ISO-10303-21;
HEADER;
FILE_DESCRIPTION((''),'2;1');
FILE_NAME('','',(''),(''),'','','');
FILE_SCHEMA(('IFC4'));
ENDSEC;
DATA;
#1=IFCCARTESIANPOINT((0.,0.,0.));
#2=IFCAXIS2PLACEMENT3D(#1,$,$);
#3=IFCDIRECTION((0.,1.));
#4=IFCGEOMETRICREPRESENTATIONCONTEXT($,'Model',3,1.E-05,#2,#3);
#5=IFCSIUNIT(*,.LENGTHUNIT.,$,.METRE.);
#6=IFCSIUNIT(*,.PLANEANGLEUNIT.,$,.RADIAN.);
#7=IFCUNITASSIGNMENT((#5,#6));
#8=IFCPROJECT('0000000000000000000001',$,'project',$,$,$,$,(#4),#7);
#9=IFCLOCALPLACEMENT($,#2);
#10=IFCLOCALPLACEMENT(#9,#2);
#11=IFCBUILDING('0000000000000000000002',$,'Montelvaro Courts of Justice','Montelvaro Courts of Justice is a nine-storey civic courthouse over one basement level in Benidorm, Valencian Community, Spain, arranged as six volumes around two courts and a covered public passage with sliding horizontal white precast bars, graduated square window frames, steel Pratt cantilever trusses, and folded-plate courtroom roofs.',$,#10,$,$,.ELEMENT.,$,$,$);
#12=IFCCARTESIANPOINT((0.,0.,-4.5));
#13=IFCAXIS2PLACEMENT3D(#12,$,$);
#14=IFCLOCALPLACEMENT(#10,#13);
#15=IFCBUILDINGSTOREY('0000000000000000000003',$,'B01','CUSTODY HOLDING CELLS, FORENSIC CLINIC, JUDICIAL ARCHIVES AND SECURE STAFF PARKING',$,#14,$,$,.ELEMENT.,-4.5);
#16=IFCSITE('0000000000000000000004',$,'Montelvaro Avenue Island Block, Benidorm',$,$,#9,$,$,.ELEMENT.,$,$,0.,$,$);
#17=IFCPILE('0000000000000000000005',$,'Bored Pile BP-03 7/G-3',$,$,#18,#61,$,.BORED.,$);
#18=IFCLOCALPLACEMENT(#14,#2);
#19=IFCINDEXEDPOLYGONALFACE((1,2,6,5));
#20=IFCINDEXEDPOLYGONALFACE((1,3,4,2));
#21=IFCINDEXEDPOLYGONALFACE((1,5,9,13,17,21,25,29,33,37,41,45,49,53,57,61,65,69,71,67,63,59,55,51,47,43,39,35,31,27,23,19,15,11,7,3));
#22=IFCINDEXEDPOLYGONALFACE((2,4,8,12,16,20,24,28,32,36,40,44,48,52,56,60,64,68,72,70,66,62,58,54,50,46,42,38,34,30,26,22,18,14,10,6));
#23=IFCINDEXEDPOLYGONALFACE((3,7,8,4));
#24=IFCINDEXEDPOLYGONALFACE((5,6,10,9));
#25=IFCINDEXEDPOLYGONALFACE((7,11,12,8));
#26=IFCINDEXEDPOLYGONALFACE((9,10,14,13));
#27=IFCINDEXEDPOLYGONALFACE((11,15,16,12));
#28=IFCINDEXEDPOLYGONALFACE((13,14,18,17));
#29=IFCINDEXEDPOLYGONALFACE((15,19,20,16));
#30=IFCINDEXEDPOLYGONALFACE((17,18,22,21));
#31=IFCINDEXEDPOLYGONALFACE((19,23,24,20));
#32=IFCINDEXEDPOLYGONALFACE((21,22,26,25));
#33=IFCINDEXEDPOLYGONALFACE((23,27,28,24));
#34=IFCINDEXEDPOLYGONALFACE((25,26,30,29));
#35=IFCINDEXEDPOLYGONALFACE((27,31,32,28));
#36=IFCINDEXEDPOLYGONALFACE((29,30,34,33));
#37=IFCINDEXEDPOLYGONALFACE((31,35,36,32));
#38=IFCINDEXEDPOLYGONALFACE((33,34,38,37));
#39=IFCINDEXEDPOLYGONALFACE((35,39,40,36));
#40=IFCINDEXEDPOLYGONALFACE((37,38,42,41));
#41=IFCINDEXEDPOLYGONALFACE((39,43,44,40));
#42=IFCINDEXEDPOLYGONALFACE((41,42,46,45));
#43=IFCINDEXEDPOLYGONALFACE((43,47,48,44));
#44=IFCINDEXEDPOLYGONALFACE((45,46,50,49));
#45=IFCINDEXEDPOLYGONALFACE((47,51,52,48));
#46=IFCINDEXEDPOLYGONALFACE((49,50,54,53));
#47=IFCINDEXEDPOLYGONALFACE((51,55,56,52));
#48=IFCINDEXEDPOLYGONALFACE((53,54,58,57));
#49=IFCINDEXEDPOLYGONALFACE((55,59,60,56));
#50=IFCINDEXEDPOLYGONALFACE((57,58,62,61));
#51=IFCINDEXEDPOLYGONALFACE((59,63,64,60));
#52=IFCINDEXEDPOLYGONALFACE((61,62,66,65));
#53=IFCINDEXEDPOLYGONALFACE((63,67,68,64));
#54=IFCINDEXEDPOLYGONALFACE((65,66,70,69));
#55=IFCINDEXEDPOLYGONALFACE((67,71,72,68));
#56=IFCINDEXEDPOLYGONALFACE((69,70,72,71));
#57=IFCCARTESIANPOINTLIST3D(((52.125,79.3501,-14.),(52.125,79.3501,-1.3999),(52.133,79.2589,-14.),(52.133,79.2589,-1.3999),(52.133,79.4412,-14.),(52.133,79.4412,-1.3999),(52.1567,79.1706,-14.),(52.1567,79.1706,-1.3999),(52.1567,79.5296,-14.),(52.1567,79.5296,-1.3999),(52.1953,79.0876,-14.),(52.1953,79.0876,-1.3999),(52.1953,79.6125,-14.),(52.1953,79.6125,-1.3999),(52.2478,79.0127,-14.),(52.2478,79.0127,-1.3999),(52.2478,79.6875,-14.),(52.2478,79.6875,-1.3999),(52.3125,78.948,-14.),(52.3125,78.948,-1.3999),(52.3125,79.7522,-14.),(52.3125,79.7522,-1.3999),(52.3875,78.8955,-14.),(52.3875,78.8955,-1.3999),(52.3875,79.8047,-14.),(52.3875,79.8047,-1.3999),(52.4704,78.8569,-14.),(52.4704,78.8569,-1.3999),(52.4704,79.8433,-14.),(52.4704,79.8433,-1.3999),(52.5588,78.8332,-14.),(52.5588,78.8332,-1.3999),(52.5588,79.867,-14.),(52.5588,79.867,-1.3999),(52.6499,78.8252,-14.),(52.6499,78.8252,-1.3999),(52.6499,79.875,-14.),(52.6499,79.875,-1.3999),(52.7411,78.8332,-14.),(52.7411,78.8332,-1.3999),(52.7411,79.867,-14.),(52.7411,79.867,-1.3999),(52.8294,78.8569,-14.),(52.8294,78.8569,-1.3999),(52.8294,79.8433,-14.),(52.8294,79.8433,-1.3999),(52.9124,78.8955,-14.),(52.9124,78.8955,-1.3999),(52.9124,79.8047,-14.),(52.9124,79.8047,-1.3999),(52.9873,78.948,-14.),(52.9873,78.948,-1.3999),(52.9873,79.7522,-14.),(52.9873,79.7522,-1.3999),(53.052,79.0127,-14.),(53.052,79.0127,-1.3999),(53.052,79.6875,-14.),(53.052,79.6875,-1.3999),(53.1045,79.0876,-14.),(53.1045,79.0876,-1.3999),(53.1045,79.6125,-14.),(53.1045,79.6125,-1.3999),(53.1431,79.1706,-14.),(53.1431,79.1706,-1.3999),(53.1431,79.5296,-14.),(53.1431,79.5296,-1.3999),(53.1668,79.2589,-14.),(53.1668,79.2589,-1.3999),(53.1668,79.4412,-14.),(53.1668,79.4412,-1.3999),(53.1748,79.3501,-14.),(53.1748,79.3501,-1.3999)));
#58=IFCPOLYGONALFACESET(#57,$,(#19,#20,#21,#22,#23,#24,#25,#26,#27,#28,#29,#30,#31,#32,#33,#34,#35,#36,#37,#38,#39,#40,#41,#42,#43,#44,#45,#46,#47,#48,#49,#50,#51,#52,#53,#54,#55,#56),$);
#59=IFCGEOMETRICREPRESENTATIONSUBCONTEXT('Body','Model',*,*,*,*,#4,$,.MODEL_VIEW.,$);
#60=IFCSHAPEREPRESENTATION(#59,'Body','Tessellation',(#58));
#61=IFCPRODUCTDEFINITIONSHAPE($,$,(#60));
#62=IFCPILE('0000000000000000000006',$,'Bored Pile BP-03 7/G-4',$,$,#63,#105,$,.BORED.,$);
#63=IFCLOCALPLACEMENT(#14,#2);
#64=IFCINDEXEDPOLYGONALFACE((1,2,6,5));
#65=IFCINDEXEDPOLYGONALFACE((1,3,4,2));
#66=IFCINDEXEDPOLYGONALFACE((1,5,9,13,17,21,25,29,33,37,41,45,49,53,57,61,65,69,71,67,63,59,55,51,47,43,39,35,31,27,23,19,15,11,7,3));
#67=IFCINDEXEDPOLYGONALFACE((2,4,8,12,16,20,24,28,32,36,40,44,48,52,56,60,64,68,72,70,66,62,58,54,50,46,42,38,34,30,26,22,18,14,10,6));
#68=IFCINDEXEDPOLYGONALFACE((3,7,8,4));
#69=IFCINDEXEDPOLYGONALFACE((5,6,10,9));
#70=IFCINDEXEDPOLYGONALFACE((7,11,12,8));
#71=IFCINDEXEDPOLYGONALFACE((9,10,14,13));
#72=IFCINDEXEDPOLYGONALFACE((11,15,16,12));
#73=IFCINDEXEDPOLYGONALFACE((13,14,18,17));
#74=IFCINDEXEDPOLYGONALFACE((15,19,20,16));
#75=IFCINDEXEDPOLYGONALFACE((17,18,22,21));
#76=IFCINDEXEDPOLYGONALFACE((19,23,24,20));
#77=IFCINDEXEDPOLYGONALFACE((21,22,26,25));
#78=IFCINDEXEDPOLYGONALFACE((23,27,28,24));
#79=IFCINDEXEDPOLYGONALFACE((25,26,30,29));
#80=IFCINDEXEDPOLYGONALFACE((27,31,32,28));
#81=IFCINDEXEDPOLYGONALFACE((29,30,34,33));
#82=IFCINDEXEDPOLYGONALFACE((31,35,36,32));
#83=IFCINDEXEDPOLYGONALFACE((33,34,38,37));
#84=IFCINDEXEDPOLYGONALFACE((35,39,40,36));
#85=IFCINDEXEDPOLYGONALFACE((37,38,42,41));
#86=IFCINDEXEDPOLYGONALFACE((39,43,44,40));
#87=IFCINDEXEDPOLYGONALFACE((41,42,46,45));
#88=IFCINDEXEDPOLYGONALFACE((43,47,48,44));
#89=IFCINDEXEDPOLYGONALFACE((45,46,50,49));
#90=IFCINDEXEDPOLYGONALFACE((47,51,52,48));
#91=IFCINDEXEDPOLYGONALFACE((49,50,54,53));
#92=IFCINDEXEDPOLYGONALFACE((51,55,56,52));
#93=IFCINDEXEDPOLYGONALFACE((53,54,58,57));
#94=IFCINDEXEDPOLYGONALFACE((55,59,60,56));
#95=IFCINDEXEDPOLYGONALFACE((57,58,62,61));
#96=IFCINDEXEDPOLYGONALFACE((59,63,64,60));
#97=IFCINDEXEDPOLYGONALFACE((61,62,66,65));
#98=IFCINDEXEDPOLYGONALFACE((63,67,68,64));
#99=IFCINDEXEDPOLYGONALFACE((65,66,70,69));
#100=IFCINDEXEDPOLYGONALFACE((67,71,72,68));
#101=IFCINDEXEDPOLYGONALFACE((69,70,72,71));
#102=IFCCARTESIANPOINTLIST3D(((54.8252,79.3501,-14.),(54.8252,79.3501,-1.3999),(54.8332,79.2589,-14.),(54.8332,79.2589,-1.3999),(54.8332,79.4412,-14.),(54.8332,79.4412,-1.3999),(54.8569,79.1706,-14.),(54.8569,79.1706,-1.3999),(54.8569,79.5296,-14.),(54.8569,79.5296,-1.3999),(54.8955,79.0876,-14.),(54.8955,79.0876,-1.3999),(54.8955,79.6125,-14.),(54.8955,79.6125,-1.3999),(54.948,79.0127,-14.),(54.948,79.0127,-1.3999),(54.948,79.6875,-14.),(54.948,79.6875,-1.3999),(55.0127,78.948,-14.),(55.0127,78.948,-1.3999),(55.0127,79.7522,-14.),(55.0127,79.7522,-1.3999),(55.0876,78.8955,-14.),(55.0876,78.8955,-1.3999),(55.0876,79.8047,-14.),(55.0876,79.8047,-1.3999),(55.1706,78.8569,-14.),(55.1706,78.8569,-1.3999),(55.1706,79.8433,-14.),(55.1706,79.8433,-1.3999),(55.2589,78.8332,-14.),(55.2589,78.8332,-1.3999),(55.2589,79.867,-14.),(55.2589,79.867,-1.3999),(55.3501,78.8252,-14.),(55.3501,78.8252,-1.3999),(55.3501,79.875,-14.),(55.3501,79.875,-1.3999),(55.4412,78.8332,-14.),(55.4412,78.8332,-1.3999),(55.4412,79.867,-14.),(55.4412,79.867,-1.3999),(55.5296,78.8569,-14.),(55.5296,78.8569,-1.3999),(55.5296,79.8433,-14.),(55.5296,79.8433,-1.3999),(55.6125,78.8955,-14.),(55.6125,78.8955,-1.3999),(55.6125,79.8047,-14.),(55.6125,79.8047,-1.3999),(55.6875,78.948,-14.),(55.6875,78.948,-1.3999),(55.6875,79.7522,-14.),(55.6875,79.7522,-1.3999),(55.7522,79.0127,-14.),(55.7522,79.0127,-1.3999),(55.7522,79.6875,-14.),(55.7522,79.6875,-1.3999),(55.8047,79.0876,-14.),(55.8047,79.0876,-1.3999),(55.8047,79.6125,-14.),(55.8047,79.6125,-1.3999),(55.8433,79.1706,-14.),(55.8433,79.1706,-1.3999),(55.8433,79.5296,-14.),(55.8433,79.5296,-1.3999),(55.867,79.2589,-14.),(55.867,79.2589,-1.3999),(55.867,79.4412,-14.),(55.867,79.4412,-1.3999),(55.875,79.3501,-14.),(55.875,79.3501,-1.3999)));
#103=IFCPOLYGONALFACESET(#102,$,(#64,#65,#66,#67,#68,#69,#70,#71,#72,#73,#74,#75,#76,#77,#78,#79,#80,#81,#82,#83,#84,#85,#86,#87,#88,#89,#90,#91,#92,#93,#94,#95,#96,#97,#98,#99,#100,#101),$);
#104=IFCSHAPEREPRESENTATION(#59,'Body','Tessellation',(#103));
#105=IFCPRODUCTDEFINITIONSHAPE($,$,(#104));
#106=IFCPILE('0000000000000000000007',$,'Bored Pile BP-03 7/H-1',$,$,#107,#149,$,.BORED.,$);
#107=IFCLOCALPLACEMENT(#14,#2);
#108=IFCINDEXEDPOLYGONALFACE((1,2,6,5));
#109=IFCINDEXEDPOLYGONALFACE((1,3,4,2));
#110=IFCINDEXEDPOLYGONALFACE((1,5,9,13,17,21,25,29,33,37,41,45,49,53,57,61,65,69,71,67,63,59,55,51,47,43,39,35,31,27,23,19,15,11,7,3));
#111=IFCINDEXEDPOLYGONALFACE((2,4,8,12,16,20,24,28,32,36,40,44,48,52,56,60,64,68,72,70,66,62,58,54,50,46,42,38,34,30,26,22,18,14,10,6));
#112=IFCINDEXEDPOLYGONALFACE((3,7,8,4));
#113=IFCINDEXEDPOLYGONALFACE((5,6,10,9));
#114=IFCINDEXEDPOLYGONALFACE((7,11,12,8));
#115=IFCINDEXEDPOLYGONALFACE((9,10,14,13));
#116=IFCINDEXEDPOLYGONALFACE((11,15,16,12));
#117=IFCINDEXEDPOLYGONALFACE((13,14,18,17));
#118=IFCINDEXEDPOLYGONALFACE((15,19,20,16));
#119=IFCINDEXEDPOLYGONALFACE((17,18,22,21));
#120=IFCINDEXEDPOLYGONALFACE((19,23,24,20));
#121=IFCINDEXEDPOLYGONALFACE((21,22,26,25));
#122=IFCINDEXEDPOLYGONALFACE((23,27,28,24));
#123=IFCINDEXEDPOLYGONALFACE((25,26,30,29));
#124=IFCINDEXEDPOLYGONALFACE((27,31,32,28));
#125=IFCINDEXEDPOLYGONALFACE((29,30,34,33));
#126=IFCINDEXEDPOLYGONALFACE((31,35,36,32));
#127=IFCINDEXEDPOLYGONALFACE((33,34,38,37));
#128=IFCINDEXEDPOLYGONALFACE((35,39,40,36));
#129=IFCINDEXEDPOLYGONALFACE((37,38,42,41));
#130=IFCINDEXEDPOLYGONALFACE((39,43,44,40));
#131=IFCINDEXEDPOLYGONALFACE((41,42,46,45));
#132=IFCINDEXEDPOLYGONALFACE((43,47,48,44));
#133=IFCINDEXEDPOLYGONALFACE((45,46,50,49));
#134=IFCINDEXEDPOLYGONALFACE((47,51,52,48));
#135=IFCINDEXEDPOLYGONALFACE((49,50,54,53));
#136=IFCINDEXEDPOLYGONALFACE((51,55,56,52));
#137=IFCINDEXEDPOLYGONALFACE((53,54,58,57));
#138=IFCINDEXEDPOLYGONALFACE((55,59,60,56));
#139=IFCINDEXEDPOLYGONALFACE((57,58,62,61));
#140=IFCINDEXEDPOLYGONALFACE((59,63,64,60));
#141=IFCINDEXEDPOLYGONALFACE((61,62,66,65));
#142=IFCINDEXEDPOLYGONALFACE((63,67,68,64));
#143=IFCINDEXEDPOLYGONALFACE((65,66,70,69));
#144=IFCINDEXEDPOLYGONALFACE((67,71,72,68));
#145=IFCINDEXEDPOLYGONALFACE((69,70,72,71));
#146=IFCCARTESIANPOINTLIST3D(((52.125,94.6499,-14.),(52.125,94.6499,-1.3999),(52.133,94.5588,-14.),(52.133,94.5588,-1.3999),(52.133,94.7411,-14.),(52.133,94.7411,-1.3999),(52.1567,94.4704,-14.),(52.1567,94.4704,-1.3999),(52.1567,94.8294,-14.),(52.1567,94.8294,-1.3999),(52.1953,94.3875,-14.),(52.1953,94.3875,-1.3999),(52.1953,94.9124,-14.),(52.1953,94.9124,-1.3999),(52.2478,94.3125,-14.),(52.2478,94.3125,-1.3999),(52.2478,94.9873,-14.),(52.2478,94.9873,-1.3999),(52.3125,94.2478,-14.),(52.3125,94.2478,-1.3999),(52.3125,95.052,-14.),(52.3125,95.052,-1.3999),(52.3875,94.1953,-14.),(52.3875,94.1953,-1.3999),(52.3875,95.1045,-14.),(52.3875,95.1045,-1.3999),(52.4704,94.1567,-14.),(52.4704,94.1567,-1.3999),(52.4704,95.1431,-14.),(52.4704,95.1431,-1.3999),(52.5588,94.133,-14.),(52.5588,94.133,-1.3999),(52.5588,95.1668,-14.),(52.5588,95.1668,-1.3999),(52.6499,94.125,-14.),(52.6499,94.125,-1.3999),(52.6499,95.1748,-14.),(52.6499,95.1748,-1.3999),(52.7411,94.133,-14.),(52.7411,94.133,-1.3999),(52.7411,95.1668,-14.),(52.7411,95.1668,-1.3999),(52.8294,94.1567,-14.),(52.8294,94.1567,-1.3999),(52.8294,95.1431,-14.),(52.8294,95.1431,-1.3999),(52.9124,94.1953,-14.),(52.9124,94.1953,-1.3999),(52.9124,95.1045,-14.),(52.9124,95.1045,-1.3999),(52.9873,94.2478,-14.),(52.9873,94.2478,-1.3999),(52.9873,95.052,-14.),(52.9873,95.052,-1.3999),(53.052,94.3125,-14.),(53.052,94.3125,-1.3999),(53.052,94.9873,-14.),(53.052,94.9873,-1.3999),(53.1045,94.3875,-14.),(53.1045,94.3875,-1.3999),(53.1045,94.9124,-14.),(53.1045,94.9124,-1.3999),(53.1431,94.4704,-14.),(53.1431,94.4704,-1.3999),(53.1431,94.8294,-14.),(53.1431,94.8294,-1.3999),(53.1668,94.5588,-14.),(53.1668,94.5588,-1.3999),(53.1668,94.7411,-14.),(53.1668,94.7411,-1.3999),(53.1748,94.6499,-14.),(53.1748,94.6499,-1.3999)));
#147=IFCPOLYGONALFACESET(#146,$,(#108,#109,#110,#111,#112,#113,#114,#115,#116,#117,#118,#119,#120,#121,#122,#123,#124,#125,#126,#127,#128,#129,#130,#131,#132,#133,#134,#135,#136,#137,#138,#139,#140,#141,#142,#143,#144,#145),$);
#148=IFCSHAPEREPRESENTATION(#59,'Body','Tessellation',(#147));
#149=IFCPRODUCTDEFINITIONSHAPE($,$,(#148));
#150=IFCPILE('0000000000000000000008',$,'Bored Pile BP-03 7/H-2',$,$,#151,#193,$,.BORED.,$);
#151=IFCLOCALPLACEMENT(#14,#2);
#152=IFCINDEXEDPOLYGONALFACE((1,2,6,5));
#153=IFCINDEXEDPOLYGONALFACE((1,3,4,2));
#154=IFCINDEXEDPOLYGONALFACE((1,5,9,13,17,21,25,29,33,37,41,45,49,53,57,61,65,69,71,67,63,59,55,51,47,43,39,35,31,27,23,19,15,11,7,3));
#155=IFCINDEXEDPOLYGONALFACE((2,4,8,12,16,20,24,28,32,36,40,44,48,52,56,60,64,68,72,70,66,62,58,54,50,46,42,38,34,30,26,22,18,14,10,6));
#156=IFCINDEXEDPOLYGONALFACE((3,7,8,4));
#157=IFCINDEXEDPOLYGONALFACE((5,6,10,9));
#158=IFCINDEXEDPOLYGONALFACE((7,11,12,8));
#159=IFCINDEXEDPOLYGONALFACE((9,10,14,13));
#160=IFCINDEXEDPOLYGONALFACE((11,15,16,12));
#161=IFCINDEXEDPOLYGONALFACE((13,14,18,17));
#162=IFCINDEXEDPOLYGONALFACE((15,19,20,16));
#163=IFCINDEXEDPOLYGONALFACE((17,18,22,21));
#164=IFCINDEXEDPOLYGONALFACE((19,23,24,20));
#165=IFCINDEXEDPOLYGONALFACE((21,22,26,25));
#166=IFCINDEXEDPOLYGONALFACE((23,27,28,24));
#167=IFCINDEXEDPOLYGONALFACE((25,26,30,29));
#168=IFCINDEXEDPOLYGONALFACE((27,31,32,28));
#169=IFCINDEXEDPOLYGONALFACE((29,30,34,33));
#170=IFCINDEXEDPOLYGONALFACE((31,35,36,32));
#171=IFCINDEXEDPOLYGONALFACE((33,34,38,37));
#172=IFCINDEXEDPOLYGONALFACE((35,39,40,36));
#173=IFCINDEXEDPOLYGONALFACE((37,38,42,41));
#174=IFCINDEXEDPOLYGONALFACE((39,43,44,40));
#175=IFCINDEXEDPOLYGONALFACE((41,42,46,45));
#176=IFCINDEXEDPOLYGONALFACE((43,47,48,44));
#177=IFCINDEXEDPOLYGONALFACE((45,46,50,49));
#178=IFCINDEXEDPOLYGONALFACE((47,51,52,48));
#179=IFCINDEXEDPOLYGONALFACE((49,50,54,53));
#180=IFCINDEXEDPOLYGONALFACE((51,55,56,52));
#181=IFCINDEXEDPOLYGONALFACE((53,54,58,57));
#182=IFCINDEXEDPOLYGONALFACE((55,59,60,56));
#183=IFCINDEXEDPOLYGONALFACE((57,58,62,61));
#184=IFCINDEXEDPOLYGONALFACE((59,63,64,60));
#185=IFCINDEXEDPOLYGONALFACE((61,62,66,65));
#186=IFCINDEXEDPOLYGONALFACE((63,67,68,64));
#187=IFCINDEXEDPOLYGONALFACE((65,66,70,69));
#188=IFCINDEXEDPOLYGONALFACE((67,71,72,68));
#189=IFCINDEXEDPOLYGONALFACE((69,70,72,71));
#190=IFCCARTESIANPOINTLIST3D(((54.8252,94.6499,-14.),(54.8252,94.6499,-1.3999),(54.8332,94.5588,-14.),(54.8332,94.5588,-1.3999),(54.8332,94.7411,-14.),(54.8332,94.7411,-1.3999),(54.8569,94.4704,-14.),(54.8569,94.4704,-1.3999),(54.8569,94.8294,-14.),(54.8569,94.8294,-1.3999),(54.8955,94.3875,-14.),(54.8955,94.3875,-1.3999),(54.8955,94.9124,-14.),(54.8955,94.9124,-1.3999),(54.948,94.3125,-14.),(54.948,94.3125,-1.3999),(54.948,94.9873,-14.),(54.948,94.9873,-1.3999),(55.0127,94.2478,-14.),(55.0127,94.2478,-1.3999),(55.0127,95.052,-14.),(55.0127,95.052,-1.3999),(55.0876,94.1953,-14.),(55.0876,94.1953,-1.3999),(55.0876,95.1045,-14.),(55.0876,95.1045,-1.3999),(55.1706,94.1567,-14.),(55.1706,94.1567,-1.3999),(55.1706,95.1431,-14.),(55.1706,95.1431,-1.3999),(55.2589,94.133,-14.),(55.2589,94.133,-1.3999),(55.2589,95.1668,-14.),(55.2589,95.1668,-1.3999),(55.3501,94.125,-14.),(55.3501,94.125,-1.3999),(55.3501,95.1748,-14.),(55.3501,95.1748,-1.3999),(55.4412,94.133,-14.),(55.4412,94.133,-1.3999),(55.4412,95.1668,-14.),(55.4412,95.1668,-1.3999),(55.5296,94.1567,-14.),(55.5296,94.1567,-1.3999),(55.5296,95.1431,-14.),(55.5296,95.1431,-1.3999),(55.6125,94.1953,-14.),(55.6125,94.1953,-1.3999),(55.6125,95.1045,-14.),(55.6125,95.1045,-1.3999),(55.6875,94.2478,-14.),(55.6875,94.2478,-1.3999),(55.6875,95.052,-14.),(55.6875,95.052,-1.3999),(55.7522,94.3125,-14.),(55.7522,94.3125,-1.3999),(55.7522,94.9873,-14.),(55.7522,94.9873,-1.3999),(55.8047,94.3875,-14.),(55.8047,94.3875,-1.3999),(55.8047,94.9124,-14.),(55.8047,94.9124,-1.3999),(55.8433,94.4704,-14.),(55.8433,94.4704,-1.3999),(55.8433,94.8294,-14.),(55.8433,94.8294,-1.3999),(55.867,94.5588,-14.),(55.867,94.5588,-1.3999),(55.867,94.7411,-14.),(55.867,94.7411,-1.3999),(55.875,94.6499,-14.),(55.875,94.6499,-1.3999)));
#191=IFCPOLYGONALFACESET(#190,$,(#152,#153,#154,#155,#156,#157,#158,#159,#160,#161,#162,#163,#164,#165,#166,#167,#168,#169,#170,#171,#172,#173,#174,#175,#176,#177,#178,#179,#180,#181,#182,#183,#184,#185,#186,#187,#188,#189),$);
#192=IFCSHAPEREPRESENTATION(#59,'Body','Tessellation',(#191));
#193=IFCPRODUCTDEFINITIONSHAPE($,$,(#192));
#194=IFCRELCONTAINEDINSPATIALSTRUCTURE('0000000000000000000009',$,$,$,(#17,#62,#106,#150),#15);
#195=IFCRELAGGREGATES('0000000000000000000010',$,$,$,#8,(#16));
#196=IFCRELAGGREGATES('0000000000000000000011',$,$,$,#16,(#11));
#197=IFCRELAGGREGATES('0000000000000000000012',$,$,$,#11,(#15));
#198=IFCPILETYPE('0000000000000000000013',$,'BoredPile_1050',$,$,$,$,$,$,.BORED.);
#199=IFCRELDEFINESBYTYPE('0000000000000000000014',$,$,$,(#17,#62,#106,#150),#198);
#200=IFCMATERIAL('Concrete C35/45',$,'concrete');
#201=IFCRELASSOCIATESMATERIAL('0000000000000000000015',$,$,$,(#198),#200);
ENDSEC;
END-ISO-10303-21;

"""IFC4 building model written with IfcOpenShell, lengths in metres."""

from ifc_helpers import new_model, si_unit, direction, frame, origin, origin_2d, place, context, subcontext, project, spatial, circle, extrude, material, material_profile, profile_set, type_object, element, save


model = new_model("IFC4")

# Units and contexts
model_context = context("Model", 3, precision=1e-05, world=origin(), true_north=direction((0.0, 1.0)))
body_context = subcontext(model_context, "Body", "Model", "MODEL_VIEW")
ifc_project = project(units=[si_unit("LENGTHUNIT", "METRE"), si_unit("PLANEANGLEUNIT", "RADIAN")], contexts=[model_context])

# Site, building, storey
site_placement = place(None, origin())
site = spatial("IfcSite", under=ifc_project, at=site_placement, Name="Montelvaro Avenue Island Block, Benidorm", CompositionType="ELEMENT", RefElevation=0.0)
building_placement = place(site_placement, origin())
building = spatial("IfcBuilding", under=site, at=building_placement, Name="Montelvaro Courts of Justice", Description="Montelvaro Courts of Justice is a nine-storey civic courthouse over one basement level in Benidorm, Valencian Community, Spain, arranged as six volumes around two courts and a covered public passage with sliding horizontal white precast bars, graduated square window frames, steel Pratt cantilever trusses, and folded-plate courtroom roofs.", CompositionType="ELEMENT")
storey_placement = place(building_placement, frame((0.0, 0.0, -4.5)))
storey = spatial("IfcBuildingStorey", under=building, at=storey_placement, Name="B01", Description="CUSTODY HOLDING CELLS, FORENSIC CLINIC, JUDICIAL ARCHIVES AND SECURE STAFF PARKING", CompositionType="ELEMENT", Elevation=-4.5)

# Piles
ifc_material_1 = material(Name="Concrete C35/45", Category="concrete")
ifc_material_profile_1 = material_profile(ifc_material_1, circle(Radius=0.5249, at=origin_2d()), Name="BORED PILE D1050")
ifc_profile_set_1 = profile_set([ifc_material_profile_1], Name="Concrete C35/45")
pile_type_1 = type_object("IfcPileType", Name="BoredPile_1050", PredefinedType="BORED", material=ifc_profile_set_1)
for number, where, z_axis, x_axis, name in (
    (1, (52.6499, 79.3501, -1.3999), (0.0, 0.0, -1.0), (1.0, 0.0, 0.0), "Bored Pile BP-03 7/G-3"),
    (2, (55.3501, 79.3501, -1.3999), (0.0, 0.0, -1.0), (1.0, 0.0, 0.0), "Bored Pile BP-03 7/G-4"),
    (3, (52.6499, 94.6499, -1.3999), (0.0, 0.0, -1.0), (1.0, 0.0, 0.0), "Bored Pile BP-03 7/H-1"),
    (4, (55.3501, 94.6499, -1.3999), (0.0, 0.0, -1.0), (1.0, 0.0, 0.0), "Bored Pile BP-03 7/H-2"),
):
    element("IfcPile", number, at=place(storey_placement, frame(where, z_axis=z_axis, x_axis=x_axis)), inside=storey, type_object=pile_type_1, Name=name, PredefinedType="BORED", context=body_context, shape_type="SweptSolid", body=[
        extrude(circle(Radius=0.5249, at=origin_2d()), origin(), (0.0, 0.0, 1.0), 12.6001),
    ])

save(model, "model.ifc")
